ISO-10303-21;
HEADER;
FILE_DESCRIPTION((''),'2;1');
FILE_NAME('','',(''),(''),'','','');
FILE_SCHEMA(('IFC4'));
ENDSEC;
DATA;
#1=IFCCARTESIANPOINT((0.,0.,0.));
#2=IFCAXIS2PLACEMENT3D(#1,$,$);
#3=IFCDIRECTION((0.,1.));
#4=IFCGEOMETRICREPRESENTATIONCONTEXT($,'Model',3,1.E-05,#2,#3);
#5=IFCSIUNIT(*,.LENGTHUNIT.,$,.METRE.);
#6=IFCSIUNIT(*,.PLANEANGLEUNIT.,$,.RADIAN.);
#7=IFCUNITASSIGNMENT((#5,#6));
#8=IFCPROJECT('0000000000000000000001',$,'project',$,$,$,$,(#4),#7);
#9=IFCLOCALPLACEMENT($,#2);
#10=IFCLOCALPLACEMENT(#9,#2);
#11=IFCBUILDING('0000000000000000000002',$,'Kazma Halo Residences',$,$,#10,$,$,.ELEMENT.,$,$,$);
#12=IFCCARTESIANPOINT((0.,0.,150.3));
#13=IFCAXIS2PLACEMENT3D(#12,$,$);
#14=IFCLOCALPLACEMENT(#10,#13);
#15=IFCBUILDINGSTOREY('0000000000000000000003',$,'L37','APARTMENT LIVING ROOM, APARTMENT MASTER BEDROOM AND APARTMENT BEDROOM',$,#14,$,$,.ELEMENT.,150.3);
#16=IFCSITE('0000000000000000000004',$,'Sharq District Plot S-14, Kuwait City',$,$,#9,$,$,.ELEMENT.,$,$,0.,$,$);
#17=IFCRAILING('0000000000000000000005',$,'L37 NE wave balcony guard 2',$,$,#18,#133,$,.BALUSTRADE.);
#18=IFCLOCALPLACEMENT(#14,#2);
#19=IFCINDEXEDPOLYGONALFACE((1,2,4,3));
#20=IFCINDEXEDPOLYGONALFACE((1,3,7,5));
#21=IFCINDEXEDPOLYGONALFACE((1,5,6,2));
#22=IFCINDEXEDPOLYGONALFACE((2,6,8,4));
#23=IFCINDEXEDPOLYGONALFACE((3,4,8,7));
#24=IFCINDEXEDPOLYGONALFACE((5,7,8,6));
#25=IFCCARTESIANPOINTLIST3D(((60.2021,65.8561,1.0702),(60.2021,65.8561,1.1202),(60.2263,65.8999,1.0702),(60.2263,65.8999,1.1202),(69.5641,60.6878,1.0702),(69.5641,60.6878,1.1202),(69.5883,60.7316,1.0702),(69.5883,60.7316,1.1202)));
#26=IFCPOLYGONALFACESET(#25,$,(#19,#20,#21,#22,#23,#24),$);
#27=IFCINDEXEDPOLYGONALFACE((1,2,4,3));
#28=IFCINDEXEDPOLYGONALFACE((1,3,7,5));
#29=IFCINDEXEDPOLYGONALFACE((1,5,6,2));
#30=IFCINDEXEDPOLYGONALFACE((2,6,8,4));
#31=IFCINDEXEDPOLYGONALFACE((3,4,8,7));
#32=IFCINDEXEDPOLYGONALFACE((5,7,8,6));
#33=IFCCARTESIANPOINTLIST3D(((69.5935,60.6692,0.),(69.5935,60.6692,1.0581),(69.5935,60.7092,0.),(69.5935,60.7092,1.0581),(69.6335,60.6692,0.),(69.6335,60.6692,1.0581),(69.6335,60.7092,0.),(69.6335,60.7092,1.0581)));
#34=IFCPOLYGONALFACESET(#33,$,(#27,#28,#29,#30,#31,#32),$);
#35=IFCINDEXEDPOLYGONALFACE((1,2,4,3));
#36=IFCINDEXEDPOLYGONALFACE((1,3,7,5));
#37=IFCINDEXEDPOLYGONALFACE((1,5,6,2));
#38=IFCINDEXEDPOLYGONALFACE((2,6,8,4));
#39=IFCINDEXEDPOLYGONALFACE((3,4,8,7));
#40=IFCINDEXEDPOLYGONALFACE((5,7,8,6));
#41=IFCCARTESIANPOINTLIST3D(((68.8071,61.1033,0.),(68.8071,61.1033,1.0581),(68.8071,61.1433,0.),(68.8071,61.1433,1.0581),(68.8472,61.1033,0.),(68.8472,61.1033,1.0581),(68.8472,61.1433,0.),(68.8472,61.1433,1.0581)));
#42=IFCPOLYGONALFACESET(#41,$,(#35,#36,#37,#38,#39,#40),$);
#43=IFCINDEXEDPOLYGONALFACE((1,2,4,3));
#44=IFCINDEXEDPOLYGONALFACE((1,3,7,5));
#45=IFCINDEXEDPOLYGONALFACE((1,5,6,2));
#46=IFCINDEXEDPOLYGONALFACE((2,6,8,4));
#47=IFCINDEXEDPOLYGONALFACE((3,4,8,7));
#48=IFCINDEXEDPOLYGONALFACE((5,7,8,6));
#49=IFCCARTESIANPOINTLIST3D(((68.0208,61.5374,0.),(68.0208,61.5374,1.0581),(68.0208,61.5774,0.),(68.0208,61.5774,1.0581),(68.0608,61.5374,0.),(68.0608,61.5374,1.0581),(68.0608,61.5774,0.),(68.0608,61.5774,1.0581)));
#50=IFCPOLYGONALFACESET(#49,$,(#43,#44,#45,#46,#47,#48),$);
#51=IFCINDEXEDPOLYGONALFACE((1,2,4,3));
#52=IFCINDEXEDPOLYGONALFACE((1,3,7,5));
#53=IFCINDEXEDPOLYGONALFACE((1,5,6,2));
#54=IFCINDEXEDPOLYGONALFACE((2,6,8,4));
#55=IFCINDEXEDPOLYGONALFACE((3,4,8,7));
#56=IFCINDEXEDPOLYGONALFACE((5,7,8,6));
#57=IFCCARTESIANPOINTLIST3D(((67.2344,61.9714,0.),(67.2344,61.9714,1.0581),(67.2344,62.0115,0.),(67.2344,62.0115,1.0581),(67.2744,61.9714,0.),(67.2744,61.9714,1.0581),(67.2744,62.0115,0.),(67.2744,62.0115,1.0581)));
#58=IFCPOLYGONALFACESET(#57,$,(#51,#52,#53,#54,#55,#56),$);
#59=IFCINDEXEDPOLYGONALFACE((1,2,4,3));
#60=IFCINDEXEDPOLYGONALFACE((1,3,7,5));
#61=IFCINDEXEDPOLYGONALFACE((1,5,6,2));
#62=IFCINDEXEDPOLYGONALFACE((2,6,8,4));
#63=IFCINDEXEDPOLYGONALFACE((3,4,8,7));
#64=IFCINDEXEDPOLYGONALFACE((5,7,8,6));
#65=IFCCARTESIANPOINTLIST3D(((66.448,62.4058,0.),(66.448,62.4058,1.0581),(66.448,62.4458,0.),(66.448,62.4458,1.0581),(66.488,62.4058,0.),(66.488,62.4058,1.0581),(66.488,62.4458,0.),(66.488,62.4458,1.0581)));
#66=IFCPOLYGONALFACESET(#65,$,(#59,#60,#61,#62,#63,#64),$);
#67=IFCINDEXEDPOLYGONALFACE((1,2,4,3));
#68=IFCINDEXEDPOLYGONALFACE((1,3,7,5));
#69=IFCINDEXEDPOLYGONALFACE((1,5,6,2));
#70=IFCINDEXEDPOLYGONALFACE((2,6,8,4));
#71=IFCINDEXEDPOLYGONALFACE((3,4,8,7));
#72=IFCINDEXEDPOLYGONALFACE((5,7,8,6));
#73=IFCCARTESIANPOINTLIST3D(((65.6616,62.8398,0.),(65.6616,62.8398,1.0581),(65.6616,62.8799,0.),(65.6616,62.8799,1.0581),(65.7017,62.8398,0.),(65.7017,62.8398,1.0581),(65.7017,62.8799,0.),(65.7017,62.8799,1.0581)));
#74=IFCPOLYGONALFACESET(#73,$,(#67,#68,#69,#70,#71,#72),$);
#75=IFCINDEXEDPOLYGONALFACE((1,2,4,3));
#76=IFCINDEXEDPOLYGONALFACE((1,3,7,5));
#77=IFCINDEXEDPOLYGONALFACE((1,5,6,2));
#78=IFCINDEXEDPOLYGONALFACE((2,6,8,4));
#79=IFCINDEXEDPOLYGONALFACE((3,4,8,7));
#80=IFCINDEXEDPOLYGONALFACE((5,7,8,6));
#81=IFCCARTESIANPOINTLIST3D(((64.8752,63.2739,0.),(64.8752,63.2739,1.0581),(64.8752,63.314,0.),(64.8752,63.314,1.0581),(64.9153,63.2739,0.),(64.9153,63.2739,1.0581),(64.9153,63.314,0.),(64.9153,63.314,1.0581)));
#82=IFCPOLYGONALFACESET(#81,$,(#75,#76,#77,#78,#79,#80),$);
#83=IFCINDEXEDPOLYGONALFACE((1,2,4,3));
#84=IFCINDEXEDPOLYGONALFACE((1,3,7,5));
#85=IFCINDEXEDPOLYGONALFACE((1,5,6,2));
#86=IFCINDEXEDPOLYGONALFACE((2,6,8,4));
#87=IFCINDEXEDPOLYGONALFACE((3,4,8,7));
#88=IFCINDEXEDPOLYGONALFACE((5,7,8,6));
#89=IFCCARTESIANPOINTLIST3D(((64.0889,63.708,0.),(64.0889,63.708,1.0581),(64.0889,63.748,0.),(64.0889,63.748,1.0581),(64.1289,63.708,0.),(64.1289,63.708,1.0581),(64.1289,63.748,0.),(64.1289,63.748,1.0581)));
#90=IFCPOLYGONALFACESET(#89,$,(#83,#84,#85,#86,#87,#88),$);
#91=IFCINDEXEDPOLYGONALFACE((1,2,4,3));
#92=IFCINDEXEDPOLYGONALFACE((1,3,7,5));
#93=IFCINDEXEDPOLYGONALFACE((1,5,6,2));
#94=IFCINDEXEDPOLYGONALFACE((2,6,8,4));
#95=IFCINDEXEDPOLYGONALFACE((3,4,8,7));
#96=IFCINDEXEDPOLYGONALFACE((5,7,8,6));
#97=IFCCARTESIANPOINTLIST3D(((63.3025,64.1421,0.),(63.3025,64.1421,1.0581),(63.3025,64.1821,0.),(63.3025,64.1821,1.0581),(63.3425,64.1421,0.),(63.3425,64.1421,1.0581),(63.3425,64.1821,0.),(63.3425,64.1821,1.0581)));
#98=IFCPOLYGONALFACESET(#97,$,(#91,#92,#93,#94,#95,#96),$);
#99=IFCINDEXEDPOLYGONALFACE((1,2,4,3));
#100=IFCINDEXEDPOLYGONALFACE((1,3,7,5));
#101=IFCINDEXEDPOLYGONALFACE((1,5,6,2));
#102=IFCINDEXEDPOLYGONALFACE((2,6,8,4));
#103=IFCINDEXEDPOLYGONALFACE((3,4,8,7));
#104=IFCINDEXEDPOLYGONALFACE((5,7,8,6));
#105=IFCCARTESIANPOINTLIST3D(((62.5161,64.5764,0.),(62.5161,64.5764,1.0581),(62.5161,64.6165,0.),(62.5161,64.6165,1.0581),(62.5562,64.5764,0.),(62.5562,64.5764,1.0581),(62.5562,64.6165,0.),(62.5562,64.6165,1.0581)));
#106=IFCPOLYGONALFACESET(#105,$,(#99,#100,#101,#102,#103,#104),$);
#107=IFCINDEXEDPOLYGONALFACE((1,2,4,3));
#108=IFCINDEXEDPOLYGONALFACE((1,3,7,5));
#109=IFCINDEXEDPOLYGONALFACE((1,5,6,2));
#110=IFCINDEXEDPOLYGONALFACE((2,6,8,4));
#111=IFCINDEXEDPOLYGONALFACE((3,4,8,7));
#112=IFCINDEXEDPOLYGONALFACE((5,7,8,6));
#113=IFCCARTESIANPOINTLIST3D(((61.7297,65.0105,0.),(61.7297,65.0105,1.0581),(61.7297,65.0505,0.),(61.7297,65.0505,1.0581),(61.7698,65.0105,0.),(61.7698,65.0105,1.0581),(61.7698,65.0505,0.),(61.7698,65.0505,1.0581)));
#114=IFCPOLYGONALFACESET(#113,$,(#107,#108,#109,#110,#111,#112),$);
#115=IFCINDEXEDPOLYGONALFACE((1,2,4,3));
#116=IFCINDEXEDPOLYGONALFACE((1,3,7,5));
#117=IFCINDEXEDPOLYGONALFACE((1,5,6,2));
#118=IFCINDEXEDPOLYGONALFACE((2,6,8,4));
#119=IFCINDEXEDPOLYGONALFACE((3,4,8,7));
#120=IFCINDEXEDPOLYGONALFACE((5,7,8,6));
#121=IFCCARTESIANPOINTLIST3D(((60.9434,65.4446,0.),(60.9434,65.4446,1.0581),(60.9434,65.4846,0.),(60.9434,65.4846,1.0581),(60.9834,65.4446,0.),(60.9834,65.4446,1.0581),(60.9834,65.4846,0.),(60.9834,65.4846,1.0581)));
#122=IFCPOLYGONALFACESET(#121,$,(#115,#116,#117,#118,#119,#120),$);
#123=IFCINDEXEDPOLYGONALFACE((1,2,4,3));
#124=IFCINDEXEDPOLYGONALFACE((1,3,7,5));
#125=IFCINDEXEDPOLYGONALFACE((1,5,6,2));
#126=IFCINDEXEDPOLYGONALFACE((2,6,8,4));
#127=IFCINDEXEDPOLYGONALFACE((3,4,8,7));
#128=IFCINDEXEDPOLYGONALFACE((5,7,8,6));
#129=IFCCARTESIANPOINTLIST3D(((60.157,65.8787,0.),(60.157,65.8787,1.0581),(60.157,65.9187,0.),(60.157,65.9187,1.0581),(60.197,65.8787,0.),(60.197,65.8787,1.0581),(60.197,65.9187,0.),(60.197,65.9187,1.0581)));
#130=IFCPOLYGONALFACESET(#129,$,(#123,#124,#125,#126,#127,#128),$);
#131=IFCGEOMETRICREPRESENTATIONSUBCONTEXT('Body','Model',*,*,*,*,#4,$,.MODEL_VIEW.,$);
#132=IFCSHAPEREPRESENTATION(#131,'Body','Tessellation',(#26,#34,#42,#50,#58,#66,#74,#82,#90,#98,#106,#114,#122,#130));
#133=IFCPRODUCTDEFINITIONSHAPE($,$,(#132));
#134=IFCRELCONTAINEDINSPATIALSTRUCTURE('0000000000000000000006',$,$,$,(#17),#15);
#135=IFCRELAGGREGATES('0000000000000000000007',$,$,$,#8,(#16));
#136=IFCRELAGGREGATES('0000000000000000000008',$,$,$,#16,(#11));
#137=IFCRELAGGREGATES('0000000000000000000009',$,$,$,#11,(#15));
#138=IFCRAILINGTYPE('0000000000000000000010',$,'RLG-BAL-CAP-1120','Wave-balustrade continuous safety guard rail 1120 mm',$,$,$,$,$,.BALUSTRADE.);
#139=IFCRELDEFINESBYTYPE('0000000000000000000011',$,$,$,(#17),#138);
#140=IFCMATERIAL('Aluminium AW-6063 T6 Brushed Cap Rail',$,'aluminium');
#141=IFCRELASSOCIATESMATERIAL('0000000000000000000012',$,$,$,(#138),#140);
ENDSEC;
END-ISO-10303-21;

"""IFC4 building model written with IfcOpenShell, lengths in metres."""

from ifc_helpers import new_model, si_unit, direction, frame, origin, origin_2d, place, context, subcontext, project, spatial, rectangle, extrude, material, type_object, element, save


model = new_model("IFC4")

# Units and contexts
model_context = context("Model", 3, precision=1e-05, world=origin(), true_north=direction((0.0, 1.0)))
body_context = subcontext(model_context, "Body", "Model", "MODEL_VIEW")
ifc_project = project(units=[si_unit("LENGTHUNIT", "METRE"), si_unit("PLANEANGLEUNIT", "RADIAN")], contexts=[model_context])

# Site, building, storey
site_placement = place(None, origin())
site = spatial("IfcSite", under=ifc_project, at=site_placement, Name="Sharq District Plot S-14, Kuwait City", CompositionType="ELEMENT", RefElevation=0.0)
building_placement = place(site_placement, origin())
building = spatial("IfcBuilding", under=site, at=building_placement, Name="Kazma Halo Residences", CompositionType="ELEMENT")
storey_placement = place(building_placement, frame((0.0, 0.0, 150.3)))
storey = spatial("IfcBuildingStorey", under=building, at=storey_placement, Name="L37", Description="APARTMENT LIVING ROOM, APARTMENT MASTER BEDROOM AND APARTMENT BEDROOM", CompositionType="ELEMENT", Elevation=150.3)

# Railing
ifc_material_1 = material(Name="Aluminium AW-6063 T6 Brushed Cap Rail", Category="aluminium")
railing_type = type_object("IfcRailingType", Name="RLG-BAL-CAP-1120", Description="Wave-balustrade continuous safety guard rail 1120 mm", PredefinedType="BALUSTRADE", material=ifc_material_1)
railing_1_placement = place(storey_placement, frame((69.6135, 60.6892, 0.0)))
element("IfcRailing", 1, at=railing_1_placement, inside=storey, type_object=railing_type, Name="L37 NE wave balcony guard 2", PredefinedType="BALUSTRADE", context=body_context, shape_type="SweptSolid", body=[
    extrude(rectangle(XDim=0.05, YDim=0.05, at=origin_2d()), frame((-0.0374, 0.0205, 1.0952), z_axis=(-0.875455, 0.483299, 0.0), x_axis=(-0.483299, -0.875455, 0.0)), (0.0, 0.0, 1.0), 10.6938),
    extrude(rectangle(XDim=0.04, YDim=0.04, at=origin_2d()), origin(), (0.0, 0.0, 1.0), 1.0581),
    extrude(rectangle(XDim=0.04, YDim=0.04, at=origin_2d()), frame((-0.7864, 0.4341, 0.0)), (0.0, 0.0, 1.0), 1.0581),
    extrude(rectangle(XDim=0.04, YDim=0.04, at=origin_2d()), frame((-1.5728, 0.8682, 0.0)), (0.0, 0.0, 1.0), 1.0581),
    extrude(rectangle(XDim=0.04, YDim=0.04, at=origin_2d()), frame((-2.3591, 1.3022, 0.0)), (0.0, 0.0, 1.0), 1.0581),
    extrude(rectangle(XDim=0.04, YDim=0.04, at=origin_2d()), frame((-3.1455, 1.7366, 0.0)), (0.0, 0.0, 1.0), 1.0581),
    extrude(rectangle(XDim=0.04, YDim=0.04, at=origin_2d()), frame((-3.9319, 2.1707, 0.0)), (0.0, 0.0, 1.0), 1.0581),
    extrude(rectangle(XDim=0.04, YDim=0.04, at=origin_2d()), frame((-4.7183, 2.6047, 0.0)), (0.0, 0.0, 1.0), 1.0581),
    extrude(rectangle(XDim=0.04, YDim=0.04, at=origin_2d()), frame((-5.5046, 3.0388, 0.0)), (0.0, 0.0, 1.0), 1.0581),
    extrude(rectangle(XDim=0.04, YDim=0.04, at=origin_2d()), frame((-6.291, 3.4729, 0.0)), (0.0, 0.0, 1.0), 1.0581),
    extrude(rectangle(XDim=0.04, YDim=0.04, at=origin_2d()), frame((-7.0774, 3.9072, 0.0)), (0.0, 0.0, 1.0), 1.0581),
    extrude(rectangle(XDim=0.04, YDim=0.04, at=origin_2d()), frame((-7.8638, 4.3413, 0.0)), (0.0, 0.0, 1.0), 1.0581),
    extrude(rectangle(XDim=0.04, YDim=0.04, at=origin_2d()), frame((-8.6501, 4.7754, 0.0)), (0.0, 0.0, 1.0), 1.0581),
    extrude(rectangle(XDim=0.04, YDim=0.04, at=origin_2d()), frame((-9.4365, 5.2095, 0.0)), (0.0, 0.0, 1.0), 1.0581),
])

save(model, "model.ifc")
